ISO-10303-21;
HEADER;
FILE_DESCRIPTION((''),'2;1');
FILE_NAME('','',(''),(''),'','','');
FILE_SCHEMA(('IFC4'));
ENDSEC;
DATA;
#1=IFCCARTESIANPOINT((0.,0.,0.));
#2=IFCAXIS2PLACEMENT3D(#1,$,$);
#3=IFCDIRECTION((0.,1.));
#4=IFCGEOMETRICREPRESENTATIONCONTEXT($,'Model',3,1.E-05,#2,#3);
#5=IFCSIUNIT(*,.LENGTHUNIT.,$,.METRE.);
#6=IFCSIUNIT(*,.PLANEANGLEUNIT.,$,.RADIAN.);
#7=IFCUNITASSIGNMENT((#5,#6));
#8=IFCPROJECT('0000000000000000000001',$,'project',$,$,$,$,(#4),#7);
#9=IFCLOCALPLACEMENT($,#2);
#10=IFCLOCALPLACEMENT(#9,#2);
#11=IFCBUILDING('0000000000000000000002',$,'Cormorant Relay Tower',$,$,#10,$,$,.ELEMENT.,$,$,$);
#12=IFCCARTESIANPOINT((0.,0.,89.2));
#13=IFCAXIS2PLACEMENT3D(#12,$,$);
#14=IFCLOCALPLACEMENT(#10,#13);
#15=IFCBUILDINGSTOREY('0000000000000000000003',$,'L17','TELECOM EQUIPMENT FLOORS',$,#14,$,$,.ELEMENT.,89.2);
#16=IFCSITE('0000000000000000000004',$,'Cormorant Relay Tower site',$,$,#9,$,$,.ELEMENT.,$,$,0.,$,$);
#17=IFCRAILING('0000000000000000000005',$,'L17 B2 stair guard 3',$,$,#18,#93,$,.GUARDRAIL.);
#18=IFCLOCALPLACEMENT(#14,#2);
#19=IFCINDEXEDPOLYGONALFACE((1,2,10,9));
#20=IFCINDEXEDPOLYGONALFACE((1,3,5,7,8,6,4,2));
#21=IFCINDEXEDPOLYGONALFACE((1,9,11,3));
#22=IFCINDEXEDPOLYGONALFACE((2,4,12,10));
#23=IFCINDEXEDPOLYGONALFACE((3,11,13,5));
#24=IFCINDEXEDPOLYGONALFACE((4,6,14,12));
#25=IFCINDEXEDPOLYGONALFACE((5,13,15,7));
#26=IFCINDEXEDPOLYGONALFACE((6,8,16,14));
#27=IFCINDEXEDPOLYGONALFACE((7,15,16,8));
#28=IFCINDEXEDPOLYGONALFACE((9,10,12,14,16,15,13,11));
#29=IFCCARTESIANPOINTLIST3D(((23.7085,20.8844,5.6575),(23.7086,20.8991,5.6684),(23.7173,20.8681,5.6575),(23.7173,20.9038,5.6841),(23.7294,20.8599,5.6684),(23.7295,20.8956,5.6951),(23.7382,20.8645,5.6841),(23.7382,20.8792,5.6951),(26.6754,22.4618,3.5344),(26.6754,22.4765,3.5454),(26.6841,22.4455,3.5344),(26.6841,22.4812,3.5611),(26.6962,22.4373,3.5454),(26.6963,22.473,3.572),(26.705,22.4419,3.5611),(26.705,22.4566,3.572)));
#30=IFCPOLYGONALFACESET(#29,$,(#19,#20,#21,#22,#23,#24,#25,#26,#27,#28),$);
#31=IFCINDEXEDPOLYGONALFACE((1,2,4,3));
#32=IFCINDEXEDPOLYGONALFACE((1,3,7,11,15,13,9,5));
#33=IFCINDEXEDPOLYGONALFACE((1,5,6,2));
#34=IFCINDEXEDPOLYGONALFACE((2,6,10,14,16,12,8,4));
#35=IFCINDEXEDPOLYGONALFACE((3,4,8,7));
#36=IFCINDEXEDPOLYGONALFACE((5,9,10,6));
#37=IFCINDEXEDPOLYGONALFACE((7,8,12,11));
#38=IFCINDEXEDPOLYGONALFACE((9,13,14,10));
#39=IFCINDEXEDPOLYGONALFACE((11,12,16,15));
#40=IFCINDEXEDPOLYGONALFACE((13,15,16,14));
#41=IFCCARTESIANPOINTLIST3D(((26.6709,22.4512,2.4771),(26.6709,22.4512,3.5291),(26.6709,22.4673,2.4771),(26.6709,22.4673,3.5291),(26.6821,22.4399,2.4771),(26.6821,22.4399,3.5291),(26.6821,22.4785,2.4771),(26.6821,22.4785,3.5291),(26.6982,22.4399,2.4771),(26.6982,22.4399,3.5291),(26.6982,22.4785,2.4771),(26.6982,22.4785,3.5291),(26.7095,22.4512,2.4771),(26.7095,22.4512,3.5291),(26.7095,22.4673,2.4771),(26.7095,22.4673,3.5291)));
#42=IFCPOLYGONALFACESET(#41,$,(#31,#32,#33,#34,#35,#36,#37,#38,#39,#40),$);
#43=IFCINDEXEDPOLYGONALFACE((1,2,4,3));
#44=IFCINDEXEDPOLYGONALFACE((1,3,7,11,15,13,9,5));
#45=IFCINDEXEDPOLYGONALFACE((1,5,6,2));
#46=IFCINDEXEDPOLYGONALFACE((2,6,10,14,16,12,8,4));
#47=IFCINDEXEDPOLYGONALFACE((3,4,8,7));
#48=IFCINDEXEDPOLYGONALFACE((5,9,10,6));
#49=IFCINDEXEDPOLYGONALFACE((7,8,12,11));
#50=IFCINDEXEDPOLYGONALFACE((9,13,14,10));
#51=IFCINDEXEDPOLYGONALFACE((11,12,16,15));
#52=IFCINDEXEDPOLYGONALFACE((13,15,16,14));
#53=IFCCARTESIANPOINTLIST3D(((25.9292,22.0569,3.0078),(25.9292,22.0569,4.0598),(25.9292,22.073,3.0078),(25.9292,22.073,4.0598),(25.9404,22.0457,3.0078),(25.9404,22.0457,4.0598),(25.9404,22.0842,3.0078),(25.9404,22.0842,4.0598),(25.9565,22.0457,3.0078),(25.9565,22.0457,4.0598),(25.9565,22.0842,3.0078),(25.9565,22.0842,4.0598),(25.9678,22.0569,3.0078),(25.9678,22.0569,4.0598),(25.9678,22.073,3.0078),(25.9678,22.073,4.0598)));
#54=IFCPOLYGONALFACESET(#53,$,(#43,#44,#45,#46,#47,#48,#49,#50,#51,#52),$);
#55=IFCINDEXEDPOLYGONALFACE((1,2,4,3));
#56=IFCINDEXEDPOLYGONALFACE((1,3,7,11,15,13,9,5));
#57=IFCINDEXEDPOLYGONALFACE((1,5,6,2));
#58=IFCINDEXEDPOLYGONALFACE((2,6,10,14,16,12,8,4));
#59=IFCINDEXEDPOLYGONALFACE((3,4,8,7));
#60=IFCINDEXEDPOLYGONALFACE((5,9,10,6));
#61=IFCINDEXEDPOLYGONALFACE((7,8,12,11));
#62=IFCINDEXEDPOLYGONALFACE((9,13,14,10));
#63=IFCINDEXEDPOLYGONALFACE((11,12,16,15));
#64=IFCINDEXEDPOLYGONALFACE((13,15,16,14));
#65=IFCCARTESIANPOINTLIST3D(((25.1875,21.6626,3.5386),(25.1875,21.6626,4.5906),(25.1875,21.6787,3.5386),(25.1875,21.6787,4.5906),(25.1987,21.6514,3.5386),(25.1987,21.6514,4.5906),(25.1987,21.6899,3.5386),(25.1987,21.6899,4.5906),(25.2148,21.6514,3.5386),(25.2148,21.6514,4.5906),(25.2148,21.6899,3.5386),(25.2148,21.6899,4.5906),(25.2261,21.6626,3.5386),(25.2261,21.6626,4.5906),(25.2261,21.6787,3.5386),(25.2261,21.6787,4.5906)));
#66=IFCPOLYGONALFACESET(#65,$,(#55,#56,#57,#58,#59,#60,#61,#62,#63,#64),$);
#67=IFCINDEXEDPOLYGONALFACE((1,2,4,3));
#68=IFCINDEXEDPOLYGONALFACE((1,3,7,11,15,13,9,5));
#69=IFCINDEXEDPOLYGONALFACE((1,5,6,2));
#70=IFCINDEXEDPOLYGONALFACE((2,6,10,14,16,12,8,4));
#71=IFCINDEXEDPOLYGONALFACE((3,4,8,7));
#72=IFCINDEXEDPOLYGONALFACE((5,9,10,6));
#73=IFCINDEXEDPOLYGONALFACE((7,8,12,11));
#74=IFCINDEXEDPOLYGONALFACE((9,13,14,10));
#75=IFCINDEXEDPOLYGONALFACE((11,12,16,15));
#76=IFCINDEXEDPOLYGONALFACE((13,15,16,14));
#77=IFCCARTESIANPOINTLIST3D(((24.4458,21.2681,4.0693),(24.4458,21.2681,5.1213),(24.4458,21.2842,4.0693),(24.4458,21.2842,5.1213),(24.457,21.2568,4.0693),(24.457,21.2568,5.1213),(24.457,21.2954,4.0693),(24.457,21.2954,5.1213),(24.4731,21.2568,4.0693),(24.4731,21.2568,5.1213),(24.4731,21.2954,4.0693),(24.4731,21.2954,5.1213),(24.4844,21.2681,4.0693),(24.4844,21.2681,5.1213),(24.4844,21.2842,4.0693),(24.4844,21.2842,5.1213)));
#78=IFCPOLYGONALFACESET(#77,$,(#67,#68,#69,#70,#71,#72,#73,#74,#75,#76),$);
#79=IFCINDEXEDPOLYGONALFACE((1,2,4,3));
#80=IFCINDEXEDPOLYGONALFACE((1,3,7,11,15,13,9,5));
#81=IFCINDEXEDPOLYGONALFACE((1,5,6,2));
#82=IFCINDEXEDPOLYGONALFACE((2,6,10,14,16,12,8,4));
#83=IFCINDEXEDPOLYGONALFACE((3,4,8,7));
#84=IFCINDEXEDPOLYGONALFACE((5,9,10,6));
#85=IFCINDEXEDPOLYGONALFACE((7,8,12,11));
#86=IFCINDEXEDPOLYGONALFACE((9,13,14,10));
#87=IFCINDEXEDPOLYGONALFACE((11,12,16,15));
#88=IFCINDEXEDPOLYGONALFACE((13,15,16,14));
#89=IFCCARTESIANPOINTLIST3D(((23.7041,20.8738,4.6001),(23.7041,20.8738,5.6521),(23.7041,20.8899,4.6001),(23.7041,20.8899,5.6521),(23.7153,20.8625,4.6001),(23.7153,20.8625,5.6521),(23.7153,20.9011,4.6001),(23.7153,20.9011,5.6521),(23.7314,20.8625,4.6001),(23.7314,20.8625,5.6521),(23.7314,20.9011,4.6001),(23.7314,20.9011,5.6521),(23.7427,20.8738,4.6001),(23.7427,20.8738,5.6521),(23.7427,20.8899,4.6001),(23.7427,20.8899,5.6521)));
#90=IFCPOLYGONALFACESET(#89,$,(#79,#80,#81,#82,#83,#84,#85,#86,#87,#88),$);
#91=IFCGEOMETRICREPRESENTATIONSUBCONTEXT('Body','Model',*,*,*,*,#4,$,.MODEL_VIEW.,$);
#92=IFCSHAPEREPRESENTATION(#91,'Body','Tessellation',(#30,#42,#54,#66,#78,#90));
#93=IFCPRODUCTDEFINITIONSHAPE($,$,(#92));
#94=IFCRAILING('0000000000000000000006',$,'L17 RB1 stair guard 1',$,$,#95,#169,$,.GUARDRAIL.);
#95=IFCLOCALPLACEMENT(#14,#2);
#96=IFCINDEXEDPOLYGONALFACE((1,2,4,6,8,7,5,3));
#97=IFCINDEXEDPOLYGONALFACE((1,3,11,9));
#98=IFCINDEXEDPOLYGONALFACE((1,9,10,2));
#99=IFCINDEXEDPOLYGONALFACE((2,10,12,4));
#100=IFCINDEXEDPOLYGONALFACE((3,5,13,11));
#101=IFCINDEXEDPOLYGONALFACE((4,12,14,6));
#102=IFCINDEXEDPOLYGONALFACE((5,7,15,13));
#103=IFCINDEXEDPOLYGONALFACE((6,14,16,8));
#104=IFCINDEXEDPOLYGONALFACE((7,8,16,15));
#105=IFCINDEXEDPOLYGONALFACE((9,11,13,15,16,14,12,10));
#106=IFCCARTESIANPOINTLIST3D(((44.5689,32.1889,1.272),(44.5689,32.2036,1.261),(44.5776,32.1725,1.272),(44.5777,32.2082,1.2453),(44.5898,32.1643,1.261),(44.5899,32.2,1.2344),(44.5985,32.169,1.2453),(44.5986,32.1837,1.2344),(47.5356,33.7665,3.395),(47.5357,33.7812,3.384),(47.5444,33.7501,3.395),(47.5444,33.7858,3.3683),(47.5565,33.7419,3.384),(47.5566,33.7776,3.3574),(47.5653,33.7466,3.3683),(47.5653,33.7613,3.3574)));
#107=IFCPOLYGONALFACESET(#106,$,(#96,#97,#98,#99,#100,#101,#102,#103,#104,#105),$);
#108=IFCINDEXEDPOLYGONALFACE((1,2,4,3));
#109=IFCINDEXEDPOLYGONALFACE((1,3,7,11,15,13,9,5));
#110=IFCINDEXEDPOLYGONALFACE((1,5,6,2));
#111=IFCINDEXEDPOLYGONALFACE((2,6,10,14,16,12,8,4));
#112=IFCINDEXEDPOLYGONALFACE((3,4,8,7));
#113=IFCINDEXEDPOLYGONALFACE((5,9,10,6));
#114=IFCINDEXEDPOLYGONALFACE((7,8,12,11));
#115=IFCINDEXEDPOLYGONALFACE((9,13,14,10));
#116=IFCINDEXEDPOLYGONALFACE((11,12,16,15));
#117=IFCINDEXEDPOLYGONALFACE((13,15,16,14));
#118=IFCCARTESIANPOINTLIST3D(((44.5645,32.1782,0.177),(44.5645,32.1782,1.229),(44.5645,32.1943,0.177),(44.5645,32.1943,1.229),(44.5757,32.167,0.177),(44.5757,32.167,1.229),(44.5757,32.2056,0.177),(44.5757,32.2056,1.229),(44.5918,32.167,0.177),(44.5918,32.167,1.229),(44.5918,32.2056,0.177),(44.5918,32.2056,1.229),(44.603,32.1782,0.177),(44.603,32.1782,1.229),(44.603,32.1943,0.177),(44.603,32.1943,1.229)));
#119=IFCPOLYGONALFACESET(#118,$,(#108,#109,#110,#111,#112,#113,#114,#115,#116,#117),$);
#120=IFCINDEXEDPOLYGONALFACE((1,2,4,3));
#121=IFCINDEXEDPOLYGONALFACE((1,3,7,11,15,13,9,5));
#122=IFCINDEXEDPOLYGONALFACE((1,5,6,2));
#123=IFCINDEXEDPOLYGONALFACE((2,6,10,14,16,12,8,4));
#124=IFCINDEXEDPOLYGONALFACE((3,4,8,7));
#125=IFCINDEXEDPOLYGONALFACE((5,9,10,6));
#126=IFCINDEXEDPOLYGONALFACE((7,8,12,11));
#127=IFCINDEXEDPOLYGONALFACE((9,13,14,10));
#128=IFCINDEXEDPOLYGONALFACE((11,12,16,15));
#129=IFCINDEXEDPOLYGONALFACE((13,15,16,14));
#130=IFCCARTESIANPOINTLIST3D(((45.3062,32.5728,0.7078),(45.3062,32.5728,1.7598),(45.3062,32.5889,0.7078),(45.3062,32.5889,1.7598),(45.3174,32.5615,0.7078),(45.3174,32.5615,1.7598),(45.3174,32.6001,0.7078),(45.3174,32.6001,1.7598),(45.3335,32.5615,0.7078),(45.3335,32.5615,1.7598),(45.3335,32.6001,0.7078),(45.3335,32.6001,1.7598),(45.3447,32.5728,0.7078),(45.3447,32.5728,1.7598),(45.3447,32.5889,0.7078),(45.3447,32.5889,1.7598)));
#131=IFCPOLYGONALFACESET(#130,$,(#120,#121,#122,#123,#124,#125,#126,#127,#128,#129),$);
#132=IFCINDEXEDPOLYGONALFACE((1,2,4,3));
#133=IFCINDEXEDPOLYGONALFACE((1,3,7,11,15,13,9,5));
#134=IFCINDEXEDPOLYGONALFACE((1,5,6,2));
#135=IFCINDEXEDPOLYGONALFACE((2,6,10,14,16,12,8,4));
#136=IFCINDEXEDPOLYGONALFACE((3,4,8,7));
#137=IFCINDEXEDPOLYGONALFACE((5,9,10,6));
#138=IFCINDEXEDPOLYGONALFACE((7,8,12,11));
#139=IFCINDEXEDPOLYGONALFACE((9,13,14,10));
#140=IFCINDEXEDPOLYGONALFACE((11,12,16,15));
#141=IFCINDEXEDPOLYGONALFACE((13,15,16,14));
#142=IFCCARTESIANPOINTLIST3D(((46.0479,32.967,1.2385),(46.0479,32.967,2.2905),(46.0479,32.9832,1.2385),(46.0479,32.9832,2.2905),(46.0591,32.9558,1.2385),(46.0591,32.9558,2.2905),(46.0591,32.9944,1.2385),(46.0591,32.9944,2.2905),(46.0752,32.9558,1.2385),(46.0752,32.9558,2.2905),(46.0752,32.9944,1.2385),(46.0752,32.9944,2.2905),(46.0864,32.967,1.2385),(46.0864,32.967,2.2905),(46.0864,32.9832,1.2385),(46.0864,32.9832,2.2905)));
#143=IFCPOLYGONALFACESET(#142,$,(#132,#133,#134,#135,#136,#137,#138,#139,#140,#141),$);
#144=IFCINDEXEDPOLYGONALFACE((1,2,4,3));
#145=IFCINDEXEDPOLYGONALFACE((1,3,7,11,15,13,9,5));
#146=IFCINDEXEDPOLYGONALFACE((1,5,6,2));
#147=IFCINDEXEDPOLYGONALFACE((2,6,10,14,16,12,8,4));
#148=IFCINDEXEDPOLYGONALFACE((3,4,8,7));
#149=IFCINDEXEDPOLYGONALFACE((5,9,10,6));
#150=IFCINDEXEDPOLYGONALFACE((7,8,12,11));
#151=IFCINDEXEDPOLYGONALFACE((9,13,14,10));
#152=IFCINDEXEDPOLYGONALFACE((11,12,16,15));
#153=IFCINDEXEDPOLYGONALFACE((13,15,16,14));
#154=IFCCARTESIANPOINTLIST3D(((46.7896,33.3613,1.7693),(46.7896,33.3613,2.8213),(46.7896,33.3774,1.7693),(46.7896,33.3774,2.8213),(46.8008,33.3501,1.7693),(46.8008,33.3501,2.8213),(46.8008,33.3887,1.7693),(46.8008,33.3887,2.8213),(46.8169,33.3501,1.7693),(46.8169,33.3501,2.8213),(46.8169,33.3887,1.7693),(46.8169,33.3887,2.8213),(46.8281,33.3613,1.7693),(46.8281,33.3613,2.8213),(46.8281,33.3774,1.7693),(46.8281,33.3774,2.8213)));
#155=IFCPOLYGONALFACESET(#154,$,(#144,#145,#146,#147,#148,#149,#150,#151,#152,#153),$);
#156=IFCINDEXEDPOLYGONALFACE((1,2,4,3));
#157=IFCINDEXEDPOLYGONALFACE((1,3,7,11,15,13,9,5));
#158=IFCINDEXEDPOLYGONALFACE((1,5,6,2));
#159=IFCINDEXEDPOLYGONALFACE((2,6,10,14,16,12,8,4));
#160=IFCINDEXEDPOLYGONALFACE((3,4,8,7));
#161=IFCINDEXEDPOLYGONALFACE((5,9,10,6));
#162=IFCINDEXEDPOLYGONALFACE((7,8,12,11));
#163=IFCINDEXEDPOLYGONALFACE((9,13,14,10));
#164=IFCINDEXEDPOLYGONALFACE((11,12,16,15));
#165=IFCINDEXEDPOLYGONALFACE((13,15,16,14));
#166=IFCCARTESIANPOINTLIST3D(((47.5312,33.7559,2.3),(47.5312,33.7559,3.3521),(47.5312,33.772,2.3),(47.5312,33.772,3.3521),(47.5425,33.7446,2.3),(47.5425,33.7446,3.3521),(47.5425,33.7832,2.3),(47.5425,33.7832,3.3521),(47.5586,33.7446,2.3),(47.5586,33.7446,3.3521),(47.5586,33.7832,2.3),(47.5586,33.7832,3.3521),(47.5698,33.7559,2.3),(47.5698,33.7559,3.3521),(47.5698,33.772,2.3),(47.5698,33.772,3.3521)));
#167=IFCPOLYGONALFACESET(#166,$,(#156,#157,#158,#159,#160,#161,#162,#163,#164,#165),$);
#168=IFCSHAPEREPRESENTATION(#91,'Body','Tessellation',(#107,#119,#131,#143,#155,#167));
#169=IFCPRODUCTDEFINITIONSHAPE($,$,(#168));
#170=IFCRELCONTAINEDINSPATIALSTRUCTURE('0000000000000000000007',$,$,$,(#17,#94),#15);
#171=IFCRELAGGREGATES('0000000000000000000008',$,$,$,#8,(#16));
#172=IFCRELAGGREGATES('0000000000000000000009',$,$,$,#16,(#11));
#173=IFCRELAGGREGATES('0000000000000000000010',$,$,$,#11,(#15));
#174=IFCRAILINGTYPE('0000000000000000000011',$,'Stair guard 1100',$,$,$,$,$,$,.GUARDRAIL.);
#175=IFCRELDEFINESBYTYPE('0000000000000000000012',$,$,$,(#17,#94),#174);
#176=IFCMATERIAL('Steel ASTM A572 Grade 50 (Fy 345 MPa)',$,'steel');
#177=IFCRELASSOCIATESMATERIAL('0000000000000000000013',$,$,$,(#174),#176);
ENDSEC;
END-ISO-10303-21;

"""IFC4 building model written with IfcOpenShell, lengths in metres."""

from ifc_helpers import new_model, si_unit, direction, frame, origin, place, context, subcontext, project, spatial, polyline, outline, extrude, material, type_object, element, save


model = new_model("IFC4")

# Units and contexts
model_context = context("Model", 3, precision=1e-05, world=origin(), true_north=direction((0.0, 1.0)))
body_context = subcontext(model_context, "Body", "Model", "MODEL_VIEW")
ifc_project = project(units=[si_unit("LENGTHUNIT", "METRE"), si_unit("PLANEANGLEUNIT", "RADIAN")], contexts=[model_context])

# Site, building, storey
site_placement = place(None, origin())
site = spatial("IfcSite", under=ifc_project, at=site_placement, Name="Cormorant Relay Tower site", CompositionType="ELEMENT", RefElevation=0.0)
building_placement = place(site_placement, origin())
building = spatial("IfcBuilding", under=site, at=building_placement, Name="Cormorant Relay Tower", CompositionType="ELEMENT")
storey_placement = place(building_placement, frame((0.0, 0.0, 89.2)))
storey = spatial("IfcBuildingStorey", under=building, at=storey_placement, Name="L17", Description="TELECOM EQUIPMENT FLOORS", CompositionType="ELEMENT", Elevation=89.2)

# Railings
ifc_material_1 = material(Name="Steel ASTM A572 Grade 50 (Fy 345 MPa)", Category="steel")
railing_type = type_object("IfcRailingType", Name="Stair guard 1100", PredefinedType="GUARDRAIL", material=ifc_material_1)
railing_1_placement = place(storey_placement, frame((26.6902, 22.4592, 2.4771)))
element("IfcRailing", 1, at=railing_1_placement, inside=storey, type_object=railing_type, Name="L17 B2 stair guard 3", PredefinedType="GUARDRAIL", context=body_context, shape_type="SweptSolid", body=[
    extrude(outline(polyline([(0.0222, 0.0093), (0.0093, 0.0222), (-0.0093, 0.0222), (-0.0222, 0.0093), (-0.0222, -0.0093), (-0.0093, -0.0222), (0.0093, -0.0222), (0.0222, -0.0093), (0.0222, 0.0093)])), frame((0.0, 0.0, 1.0762), z_axis=(-0.746441, -0.396869, 0.534155), x_axis=(0.469453, -0.882958, 0.0)), (0.0, 0.0, 1.0), 3.9746),
    extrude(outline(polyline([(0.0193, 0.0081), (0.0081, 0.0193), (-0.0081, 0.0193), (-0.0193, 0.0081), (-0.0193, -0.0081), (-0.0081, -0.0193), (0.0081, -0.0193), (0.0193, -0.0081), (0.0193, 0.0081)])), origin(), (0.0, 0.0, 1.0), 1.052),
    extrude(outline(polyline([(0.0193, 0.0081), (0.0081, 0.0193), (-0.0081, 0.0193), (-0.0193, 0.0081), (-0.0193, -0.0081), (-0.0081, -0.0193), (0.0081, -0.0193), (0.0193, -0.0081), (0.0193, 0.0081)])), frame((-0.7417, -0.3943, 0.5308)), (0.0, 0.0, 1.0), 1.052),
    extrude(outline(polyline([(0.0193, 0.0081), (0.0081, 0.0193), (-0.0081, 0.0193), (-0.0193, 0.0081), (-0.0193, -0.0081), (-0.0081, -0.0193), (0.0081, -0.0193), (0.0193, -0.0081), (0.0193, 0.0081)])), frame((-1.4834, -0.7886, 1.0615)), (0.0, 0.0, 1.0), 1.052),
    extrude(outline(polyline([(0.0193, 0.0081), (0.0081, 0.0193), (-0.0081, 0.0193), (-0.0193, 0.0081), (-0.0193, -0.0081), (-0.0081, -0.0193), (0.0081, -0.0193), (0.0193, -0.0081), (0.0193, 0.0081)])), frame((-2.2251, -1.1831, 1.5923)), (0.0, 0.0, 1.0), 1.052),
    extrude(outline(polyline([(0.0193, 0.0081), (0.0081, 0.0193), (-0.0081, 0.0193), (-0.0193, 0.0081), (-0.0193, -0.0081), (-0.0081, -0.0193), (0.0081, -0.0193), (0.0193, -0.0081), (0.0193, 0.0081)])), frame((-2.9668, -1.5774, 2.123)), (0.0, 0.0, 1.0), 1.052),
])
railing_2_placement = place(storey_placement, frame((44.5837, 32.1863, 0.177)))
element("IfcRailing", 2, at=railing_2_placement, inside=storey, type_object=railing_type, Name="L17 RB1 stair guard 1", PredefinedType="GUARDRAIL", context=body_context, shape_type="SweptSolid", body=[
    extrude(outline(polyline([(0.0222, 0.0093), (0.0093, 0.0222), (-0.0093, 0.0222), (-0.0222, 0.0093), (-0.0222, -0.0093), (-0.0093, -0.0222), (0.0093, -0.0222), (0.0222, -0.0093), (0.0222, 0.0093)])), frame((0.0, 0.0, 1.0762), z_axis=(0.746422, 0.396921, 0.534142), x_axis=(-0.469509, 0.882928, 0.0)), (0.0, 0.0, 1.0), 3.9746),
    extrude(outline(polyline([(0.0193, 0.0081), (0.0081, 0.0193), (-0.0081, 0.0193), (-0.0193, 0.0081), (-0.0193, -0.0081), (-0.0081, -0.0193), (0.0081, -0.0193), (0.0193, -0.0081), (0.0193, 0.0081)])), origin(), (0.0, 0.0, 1.0), 1.052),
    extrude(outline(polyline([(0.0193, 0.0081), (0.0081, 0.0193), (-0.0081, 0.0193), (-0.0193, 0.0081), (-0.0193, -0.0081), (-0.0081, -0.0193), (0.0081, -0.0193), (0.0193, -0.0081), (0.0193, 0.0081)])), frame((0.7417, 0.3945, 0.5308)), (0.0, 0.0, 1.0), 1.052),
    extrude(outline(polyline([(0.0193, 0.0081), (0.0081, 0.0193), (-0.0081, 0.0193), (-0.0193, 0.0081), (-0.0193, -0.0081), (-0.0081, -0.0193), (0.0081, -0.0193), (0.0193, -0.0081), (0.0193, 0.0081)])), frame((1.4834, 0.7888, 1.0615)), (0.0, 0.0, 1.0), 1.052),
    extrude(outline(polyline([(0.0193, 0.0081), (0.0081, 0.0193), (-0.0081, 0.0193), (-0.0193, 0.0081), (-0.0193, -0.0081), (-0.0081, -0.0193), (0.0081, -0.0193), (0.0193, -0.0081), (0.0193, 0.0081)])), frame((2.2251, 1.1831, 1.5923)), (0.0, 0.0, 1.0), 1.052),
    extrude(outline(polyline([(0.0193, 0.0081), (0.0081, 0.0193), (-0.0081, 0.0193), (-0.0193, 0.0081), (-0.0193, -0.0081), (-0.0081, -0.0193), (0.0081, -0.0193), (0.0193, -0.0081), (0.0193, 0.0081)])), frame((2.9668, 1.5776, 2.123)), (0.0, 0.0, 1.0), 1.052),
])

save(model, "model.ifc")
